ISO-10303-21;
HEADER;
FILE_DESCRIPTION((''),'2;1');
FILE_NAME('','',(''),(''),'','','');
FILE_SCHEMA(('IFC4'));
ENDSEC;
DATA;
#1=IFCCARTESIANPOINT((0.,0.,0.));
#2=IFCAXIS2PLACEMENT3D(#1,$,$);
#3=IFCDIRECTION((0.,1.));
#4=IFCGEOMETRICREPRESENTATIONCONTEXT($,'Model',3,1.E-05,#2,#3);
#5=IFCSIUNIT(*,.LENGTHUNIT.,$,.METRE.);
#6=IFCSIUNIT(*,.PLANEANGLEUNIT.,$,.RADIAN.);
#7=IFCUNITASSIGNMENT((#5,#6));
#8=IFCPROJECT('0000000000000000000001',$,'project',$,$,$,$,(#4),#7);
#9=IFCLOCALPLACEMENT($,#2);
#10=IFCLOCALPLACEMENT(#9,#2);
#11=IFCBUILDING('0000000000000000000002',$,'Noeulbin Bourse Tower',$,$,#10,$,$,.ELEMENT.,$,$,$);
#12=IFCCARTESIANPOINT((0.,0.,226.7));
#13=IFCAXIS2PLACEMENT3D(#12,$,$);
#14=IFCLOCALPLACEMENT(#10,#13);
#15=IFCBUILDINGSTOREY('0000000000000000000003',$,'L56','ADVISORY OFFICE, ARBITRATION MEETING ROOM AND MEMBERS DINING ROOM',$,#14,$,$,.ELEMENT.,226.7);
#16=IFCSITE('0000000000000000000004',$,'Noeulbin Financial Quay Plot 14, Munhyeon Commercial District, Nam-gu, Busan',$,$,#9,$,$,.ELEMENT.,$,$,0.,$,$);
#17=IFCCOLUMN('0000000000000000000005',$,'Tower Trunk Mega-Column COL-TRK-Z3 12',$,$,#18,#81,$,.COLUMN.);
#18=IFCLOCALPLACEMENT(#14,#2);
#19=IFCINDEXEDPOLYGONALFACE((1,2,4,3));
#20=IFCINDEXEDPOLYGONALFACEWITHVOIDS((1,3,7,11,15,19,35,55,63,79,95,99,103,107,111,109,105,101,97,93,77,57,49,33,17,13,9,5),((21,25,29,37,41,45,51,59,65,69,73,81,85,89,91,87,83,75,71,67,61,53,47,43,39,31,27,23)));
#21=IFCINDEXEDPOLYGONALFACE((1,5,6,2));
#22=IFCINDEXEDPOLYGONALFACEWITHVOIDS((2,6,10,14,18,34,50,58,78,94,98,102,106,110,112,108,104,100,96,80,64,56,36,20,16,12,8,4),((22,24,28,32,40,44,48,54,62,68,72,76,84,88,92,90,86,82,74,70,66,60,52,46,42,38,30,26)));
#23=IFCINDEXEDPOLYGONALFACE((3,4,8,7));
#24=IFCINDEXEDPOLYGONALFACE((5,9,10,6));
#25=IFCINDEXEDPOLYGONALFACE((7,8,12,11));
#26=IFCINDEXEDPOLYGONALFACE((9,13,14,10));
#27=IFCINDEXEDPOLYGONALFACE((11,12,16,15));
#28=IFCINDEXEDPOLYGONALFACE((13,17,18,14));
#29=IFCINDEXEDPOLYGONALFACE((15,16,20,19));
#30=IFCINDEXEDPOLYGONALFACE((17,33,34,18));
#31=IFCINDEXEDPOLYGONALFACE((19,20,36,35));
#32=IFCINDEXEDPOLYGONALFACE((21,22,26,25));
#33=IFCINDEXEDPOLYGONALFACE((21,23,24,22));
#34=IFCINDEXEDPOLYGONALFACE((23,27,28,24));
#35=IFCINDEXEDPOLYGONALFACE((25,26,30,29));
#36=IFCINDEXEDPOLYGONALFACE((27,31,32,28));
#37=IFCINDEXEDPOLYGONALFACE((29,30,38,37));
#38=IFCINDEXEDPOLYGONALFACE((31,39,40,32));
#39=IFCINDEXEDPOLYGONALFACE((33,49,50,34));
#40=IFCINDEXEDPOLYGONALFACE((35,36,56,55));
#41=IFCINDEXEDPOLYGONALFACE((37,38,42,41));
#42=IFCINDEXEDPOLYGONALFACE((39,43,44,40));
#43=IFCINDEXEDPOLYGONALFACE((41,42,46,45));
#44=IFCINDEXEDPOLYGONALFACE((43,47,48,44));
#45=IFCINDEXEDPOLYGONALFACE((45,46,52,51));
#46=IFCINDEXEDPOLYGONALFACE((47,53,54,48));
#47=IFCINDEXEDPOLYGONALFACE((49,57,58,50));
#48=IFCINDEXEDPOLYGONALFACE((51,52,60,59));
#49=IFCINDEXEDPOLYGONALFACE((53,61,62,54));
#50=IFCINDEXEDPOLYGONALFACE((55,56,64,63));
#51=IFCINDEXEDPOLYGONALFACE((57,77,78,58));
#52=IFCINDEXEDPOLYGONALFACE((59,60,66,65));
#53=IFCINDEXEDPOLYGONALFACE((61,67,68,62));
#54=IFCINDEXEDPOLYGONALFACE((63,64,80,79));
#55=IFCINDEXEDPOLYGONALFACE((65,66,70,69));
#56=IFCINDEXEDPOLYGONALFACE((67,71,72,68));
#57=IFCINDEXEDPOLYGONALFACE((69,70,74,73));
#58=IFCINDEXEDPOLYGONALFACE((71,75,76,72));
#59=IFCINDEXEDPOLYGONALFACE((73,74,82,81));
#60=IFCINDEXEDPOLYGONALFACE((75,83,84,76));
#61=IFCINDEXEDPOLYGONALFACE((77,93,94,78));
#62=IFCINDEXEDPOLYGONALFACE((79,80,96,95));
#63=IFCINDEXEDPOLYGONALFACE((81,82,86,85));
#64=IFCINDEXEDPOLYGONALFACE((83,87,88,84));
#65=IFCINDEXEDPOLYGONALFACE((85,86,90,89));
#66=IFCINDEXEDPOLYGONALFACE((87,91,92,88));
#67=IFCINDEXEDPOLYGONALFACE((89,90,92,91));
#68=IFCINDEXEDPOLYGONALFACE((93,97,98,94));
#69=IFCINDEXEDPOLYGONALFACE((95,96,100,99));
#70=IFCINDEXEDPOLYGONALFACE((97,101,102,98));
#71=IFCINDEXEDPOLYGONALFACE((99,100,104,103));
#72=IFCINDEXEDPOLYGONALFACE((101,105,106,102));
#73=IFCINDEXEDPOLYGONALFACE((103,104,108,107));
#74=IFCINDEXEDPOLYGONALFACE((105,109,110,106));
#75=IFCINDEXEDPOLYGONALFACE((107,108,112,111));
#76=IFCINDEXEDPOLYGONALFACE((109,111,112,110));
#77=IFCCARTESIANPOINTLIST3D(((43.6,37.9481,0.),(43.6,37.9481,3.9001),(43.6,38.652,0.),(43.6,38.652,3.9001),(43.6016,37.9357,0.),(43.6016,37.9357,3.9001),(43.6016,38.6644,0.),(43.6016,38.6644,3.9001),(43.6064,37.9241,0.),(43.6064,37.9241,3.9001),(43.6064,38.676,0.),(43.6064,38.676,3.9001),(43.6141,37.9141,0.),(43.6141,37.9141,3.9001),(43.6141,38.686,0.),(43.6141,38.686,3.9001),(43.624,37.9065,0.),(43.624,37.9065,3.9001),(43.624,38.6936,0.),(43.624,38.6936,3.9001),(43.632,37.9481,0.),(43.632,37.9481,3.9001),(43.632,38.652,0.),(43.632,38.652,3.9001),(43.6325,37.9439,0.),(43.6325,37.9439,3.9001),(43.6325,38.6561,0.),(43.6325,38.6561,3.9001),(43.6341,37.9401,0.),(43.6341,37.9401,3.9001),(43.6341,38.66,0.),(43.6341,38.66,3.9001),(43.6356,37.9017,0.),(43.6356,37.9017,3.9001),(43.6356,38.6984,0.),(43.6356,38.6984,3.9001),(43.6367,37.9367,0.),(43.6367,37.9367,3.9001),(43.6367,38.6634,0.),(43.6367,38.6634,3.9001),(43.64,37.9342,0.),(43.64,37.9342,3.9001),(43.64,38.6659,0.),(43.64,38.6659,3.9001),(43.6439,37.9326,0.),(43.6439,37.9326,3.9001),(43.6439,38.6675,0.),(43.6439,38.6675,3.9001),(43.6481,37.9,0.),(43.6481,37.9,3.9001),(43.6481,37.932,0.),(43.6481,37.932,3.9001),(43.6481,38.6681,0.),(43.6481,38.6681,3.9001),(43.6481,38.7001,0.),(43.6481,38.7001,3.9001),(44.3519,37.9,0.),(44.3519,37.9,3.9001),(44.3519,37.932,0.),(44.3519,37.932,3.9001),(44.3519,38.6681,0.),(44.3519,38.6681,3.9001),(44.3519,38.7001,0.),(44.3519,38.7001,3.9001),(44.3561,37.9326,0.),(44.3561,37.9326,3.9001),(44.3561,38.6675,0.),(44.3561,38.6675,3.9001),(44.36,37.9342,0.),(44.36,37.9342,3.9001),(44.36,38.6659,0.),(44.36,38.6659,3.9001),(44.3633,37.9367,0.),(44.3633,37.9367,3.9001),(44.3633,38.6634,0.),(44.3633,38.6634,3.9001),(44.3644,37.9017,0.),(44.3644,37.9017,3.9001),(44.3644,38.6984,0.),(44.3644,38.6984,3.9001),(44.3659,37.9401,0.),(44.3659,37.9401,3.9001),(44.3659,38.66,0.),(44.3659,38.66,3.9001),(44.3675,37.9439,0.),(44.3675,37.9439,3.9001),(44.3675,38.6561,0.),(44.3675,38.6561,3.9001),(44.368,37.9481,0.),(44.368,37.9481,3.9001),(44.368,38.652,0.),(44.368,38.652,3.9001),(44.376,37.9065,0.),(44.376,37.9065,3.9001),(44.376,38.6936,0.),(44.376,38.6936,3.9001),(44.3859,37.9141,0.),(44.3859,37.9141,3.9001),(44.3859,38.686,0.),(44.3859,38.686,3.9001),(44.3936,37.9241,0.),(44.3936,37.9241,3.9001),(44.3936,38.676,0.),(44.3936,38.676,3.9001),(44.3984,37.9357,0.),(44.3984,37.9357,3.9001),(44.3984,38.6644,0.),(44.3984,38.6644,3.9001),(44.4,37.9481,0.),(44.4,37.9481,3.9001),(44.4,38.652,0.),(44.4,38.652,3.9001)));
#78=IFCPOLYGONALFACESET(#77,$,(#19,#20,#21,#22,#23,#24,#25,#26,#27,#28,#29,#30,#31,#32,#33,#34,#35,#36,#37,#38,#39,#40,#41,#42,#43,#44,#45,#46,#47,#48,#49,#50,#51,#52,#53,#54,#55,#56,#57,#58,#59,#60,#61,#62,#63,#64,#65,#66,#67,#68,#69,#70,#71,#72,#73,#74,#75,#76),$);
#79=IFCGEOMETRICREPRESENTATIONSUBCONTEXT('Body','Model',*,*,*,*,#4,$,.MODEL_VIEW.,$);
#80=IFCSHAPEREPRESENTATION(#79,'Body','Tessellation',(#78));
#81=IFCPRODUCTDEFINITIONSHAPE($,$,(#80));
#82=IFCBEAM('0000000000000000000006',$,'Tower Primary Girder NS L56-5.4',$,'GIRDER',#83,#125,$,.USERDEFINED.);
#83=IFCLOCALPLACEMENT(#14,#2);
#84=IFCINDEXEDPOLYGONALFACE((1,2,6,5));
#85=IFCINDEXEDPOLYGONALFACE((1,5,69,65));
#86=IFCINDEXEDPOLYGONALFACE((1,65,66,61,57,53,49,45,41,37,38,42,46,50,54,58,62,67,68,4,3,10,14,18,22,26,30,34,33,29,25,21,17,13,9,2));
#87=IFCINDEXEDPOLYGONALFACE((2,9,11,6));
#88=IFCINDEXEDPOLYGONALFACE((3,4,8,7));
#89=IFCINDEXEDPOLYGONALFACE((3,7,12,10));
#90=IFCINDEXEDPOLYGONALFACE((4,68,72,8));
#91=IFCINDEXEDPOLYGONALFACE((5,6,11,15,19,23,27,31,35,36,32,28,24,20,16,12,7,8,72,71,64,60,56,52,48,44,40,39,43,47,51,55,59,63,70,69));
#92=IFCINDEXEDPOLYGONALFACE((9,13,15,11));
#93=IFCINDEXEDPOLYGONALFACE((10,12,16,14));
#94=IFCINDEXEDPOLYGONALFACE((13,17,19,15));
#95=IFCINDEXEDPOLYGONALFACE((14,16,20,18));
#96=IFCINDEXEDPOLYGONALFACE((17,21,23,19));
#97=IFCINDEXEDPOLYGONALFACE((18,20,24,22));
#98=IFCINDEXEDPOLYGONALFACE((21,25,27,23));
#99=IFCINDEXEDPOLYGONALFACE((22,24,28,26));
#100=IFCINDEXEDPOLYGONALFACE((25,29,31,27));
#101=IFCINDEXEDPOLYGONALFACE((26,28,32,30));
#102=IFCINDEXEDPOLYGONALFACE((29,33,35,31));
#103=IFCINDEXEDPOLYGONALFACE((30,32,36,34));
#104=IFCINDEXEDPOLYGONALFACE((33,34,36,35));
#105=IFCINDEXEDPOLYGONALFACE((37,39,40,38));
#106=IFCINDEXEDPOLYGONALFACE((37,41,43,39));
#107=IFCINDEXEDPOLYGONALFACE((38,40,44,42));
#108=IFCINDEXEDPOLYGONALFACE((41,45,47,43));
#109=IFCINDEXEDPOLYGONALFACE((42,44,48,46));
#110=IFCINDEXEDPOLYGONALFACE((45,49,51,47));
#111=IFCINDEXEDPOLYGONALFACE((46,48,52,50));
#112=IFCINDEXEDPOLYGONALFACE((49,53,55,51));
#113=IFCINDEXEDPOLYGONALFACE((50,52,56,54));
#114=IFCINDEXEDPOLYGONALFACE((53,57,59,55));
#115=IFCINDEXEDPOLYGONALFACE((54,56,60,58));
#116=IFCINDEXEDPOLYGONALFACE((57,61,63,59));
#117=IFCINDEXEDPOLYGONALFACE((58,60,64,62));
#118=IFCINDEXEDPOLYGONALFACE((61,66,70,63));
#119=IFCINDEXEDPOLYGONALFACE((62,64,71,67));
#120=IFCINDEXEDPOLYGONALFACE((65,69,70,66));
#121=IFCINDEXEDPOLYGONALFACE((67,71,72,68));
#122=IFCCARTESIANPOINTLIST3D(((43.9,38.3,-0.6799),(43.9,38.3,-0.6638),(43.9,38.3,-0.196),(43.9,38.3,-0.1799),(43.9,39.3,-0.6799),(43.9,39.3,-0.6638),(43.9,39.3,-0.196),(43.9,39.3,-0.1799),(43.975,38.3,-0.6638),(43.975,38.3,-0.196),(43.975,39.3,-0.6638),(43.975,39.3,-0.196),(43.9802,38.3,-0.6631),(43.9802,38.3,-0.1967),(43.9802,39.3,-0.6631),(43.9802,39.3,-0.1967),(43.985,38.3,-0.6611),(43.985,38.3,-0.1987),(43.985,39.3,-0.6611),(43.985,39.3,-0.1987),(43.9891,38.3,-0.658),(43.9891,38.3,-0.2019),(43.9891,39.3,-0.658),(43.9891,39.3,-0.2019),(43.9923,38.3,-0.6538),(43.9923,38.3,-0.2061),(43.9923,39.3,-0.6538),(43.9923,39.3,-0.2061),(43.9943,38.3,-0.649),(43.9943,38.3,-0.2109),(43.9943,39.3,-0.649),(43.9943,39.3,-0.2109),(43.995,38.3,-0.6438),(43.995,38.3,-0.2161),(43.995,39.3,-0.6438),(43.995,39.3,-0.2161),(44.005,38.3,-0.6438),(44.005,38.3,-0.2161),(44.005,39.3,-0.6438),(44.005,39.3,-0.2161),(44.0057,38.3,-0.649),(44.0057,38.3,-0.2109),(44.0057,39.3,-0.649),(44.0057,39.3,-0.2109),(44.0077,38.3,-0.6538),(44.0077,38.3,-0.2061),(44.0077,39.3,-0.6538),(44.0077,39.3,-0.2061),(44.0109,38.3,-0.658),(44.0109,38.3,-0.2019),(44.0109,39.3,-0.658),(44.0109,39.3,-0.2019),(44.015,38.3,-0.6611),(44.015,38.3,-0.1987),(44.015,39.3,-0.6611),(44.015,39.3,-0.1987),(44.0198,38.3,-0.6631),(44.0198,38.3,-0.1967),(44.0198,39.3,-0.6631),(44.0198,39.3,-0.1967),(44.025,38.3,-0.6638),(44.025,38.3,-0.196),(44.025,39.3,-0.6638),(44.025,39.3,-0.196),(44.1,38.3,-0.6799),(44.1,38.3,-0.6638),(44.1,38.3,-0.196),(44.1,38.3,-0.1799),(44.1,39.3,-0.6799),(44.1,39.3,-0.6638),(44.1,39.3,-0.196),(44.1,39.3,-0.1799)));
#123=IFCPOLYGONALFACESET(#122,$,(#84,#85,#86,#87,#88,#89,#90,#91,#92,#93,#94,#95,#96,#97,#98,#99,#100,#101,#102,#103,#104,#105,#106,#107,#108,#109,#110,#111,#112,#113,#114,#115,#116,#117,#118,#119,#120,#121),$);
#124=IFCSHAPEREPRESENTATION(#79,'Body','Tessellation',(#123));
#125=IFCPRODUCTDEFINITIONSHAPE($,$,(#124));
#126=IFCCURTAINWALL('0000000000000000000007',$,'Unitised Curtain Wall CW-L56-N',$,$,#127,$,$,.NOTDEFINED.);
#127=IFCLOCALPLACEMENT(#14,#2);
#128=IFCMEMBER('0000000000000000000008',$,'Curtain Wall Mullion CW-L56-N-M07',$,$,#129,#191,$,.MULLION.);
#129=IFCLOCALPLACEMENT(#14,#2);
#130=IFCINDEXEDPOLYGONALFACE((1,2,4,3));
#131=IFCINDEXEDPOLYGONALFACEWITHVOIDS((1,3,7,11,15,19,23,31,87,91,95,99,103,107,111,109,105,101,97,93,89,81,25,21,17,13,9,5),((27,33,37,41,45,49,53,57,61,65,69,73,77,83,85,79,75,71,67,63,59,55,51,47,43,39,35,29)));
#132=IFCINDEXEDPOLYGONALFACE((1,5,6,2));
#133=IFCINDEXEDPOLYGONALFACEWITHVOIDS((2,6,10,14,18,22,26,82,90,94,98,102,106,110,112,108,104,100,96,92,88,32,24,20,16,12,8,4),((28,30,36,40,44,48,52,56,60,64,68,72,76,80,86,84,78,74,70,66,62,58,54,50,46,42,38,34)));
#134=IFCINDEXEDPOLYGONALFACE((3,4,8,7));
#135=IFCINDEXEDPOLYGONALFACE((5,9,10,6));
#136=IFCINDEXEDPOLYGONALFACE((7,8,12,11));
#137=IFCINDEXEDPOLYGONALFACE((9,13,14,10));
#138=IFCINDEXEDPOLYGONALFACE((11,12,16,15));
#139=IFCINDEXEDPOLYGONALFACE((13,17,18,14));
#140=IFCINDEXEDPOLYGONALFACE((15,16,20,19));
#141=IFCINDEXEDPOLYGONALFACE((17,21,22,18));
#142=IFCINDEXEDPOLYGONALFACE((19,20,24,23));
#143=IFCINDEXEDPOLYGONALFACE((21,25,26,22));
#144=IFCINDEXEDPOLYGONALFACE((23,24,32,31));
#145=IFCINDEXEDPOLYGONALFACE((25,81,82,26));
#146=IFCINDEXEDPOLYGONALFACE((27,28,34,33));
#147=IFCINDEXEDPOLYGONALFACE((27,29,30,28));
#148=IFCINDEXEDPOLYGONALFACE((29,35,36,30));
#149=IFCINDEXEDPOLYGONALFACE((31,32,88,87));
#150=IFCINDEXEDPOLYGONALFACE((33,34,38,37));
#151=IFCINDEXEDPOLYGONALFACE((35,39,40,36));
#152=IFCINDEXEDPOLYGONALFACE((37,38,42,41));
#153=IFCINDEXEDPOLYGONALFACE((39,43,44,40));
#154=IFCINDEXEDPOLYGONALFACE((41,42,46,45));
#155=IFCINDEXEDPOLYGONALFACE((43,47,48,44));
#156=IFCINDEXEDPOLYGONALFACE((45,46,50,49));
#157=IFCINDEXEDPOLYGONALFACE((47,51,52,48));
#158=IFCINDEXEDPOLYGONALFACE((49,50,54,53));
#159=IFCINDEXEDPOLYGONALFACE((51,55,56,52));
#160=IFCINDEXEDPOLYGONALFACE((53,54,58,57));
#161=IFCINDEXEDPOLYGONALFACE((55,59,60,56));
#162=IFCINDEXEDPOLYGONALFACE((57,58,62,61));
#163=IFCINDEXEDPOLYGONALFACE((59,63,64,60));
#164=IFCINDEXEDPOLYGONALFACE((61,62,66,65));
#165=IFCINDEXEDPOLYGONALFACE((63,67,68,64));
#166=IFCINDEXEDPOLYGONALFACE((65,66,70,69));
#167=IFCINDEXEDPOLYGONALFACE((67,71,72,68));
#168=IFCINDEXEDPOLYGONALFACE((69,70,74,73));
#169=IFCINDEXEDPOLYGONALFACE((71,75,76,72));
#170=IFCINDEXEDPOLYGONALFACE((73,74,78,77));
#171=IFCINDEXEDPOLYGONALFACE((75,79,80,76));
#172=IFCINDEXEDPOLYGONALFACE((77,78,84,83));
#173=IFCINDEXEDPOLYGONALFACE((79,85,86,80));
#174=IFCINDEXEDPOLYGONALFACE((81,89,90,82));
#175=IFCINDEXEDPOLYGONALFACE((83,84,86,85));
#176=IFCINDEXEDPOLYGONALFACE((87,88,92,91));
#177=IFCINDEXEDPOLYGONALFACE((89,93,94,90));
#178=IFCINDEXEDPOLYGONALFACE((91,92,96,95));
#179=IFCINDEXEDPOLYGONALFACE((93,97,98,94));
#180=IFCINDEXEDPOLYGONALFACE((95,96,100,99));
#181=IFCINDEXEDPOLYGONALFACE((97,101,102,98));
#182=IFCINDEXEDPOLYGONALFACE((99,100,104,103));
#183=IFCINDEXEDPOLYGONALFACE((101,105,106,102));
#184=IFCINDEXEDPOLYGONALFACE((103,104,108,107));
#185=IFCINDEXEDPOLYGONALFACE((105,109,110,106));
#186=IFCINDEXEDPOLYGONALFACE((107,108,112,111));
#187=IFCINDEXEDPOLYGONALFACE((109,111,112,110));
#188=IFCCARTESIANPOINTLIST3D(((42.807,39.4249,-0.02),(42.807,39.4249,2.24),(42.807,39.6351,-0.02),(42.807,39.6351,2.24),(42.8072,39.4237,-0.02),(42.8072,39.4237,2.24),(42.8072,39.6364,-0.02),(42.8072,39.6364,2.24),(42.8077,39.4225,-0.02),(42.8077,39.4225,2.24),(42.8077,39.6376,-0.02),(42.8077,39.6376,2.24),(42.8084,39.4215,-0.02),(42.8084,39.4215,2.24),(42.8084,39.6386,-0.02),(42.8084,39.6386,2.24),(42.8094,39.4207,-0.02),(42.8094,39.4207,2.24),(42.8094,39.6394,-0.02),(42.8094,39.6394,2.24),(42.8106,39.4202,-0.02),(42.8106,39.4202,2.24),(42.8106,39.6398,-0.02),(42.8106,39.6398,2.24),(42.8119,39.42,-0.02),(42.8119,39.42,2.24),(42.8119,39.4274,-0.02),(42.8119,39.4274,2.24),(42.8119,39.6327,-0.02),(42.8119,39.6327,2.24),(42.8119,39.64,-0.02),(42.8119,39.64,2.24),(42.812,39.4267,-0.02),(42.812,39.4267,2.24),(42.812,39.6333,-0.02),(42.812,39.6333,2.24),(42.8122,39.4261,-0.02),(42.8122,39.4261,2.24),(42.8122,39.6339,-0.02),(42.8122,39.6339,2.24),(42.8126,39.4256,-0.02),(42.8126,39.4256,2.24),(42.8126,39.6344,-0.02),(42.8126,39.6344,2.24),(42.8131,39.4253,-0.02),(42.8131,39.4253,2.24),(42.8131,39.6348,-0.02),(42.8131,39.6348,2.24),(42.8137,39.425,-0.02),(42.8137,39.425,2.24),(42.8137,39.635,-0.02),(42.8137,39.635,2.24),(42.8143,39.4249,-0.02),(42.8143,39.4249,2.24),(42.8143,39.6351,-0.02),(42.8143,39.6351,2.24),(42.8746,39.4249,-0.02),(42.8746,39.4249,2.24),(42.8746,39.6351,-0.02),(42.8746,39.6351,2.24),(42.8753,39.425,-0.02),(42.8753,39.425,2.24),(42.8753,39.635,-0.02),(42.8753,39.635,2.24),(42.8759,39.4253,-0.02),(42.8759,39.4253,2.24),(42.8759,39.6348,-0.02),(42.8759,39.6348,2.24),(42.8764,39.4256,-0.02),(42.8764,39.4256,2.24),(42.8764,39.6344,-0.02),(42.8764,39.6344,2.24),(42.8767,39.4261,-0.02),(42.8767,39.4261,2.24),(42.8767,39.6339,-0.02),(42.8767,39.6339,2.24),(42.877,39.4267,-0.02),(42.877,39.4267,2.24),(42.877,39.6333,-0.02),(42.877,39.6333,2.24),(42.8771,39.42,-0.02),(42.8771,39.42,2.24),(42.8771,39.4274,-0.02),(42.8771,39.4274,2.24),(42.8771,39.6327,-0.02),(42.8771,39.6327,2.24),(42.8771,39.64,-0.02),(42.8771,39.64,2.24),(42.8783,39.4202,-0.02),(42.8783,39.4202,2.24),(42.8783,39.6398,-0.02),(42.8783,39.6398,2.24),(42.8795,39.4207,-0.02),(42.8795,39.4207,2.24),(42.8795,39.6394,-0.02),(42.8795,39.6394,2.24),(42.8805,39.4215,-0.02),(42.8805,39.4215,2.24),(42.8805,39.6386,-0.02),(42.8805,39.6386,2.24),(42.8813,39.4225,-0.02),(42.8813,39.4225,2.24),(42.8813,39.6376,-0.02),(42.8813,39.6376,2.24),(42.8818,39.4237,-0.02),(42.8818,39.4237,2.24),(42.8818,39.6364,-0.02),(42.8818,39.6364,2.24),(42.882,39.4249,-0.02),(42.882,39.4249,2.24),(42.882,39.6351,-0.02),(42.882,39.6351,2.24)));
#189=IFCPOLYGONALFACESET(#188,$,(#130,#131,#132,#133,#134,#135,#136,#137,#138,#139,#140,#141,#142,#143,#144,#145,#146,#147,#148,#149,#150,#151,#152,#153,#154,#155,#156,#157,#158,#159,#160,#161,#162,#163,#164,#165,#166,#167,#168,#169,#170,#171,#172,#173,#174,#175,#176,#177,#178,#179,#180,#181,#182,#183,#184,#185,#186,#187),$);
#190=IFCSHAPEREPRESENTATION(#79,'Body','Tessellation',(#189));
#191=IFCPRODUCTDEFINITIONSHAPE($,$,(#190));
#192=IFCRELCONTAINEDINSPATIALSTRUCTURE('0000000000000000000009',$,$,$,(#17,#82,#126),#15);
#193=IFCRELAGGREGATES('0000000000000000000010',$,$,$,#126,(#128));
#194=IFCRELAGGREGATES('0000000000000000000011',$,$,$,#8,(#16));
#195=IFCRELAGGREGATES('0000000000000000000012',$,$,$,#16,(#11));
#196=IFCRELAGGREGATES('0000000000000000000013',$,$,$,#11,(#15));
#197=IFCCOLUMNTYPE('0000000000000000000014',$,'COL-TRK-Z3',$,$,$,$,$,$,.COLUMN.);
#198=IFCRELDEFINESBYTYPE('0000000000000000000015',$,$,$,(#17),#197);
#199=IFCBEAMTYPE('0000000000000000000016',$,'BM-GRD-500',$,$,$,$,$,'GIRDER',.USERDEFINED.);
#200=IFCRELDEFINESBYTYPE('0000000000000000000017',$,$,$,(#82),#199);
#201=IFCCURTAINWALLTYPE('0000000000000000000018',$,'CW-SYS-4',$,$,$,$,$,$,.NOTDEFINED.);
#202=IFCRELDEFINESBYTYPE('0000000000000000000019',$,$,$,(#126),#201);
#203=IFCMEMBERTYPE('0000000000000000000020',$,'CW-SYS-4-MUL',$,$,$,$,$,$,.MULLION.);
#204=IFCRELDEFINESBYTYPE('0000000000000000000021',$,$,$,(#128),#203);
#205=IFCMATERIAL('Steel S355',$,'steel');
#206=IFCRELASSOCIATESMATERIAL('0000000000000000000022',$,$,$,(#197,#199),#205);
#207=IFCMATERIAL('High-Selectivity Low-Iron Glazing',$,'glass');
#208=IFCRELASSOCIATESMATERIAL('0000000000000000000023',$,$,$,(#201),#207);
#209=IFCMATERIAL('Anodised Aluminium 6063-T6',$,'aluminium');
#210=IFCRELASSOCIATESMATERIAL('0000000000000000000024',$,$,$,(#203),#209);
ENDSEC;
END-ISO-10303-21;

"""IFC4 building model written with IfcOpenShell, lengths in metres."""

from ifc_helpers import new_model, si_unit, direction, frame, origin, origin_2d, place, context, subcontext, project, spatial, hollow_rectangle, i_section, extrude, material, material_profile, profile_set, type_object, element, aggregate, save


model = new_model("IFC4")

# Units and contexts
model_context = context("Model", 3, precision=1e-05, world=origin(), true_north=direction((0.0, 1.0)))
body_context = subcontext(model_context, "Body", "Model", "MODEL_VIEW")
ifc_project = project(units=[si_unit("LENGTHUNIT", "METRE"), si_unit("PLANEANGLEUNIT", "RADIAN")], contexts=[model_context])

# Site, building, storey
site_placement = place(None, origin())
site = spatial("IfcSite", under=ifc_project, at=site_placement, Name="Noeulbin Financial Quay Plot 14, Munhyeon Commercial District, Nam-gu, Busan", CompositionType="ELEMENT", RefElevation=0.0)
building_placement = place(site_placement, origin())
building = spatial("IfcBuilding", under=site, at=building_placement, Name="Noeulbin Bourse Tower", CompositionType="ELEMENT")
storey_placement = place(building_placement, frame((0.0, 0.0, 226.7)))
storey = spatial("IfcBuildingStorey", under=building, at=storey_placement, Name="L56", Description="ADVISORY OFFICE, ARBITRATION MEETING ROOM AND MEMBERS DINING ROOM", CompositionType="ELEMENT", Elevation=226.7)

# Column
ifc_material_1 = material(Name="Steel S355", Category="steel")
ifc_material_profile_1 = material_profile(ifc_material_1, hollow_rectangle(XDim=0.8, YDim=0.8, WallThickness=0.032, InnerFilletRadius=0.0161, OuterFilletRadius=0.0481, at=origin_2d()), Name="BOX-800x800x32", Category="LoadBearing")
ifc_profile_set_1 = profile_set([ifc_material_profile_1], Name="Steel S355")
column_type = type_object("IfcColumnType", Name="COL-TRK-Z3", PredefinedType="COLUMN", material=ifc_profile_set_1)
column_placement = place(storey_placement, frame((44.0, 38.3, 0.0), z_axis=(0.0, 0.0, 1.0), x_axis=(1.0, 0.0, 0.0)))
element("IfcColumn", 1, at=column_placement, inside=storey, type_object=column_type, Name="Tower Trunk Mega-Column COL-TRK-Z3 12", PredefinedType="COLUMN", context=body_context, shape_type="SweptSolid", body=[
    extrude(hollow_rectangle(XDim=0.8, YDim=0.8, WallThickness=0.032, InnerFilletRadius=0.0161, OuterFilletRadius=0.0481, at=origin_2d()), origin(), (0.0, 0.0, 1.0), 3.9001),
])

# Beam
ifc_material_profile_2 = material_profile(ifc_material_1, i_section(OverallWidth=0.2, OverallDepth=0.5, WebThickness=0.01, FlangeThickness=0.0161, FilletRadius=0.02, at=origin_2d()), Name="H-500x200x10x16", Category="LoadBearing")
ifc_profile_set_2 = profile_set([ifc_material_profile_2], Name="Steel S355")
beam_type = type_object("IfcBeamType", Name="BM-GRD-500", ElementType="GIRDER", PredefinedType="USERDEFINED", material=ifc_profile_set_2)
beam_placement = place(storey_placement, frame((44.0, 38.3, -0.4299), z_axis=(0.0, 1.0, 0.0), x_axis=(-1.0, 0.0, 0.0)))
element("IfcBeam", 2, at=beam_placement, inside=storey, type_object=beam_type, Name="Tower Primary Girder NS L56-5.4", ObjectType="GIRDER", PredefinedType="USERDEFINED", context=body_context, shape_type="SweptSolid", body=[
    extrude(i_section(OverallWidth=0.2, OverallDepth=0.5, WebThickness=0.01, FlangeThickness=0.0161, FilletRadius=0.02, at=origin_2d()), origin(), (0.0, 0.0, 1.0), 1.0),
])

# Curtain wall, member
ifc_material_2 = material(Name="High-Selectivity Low-Iron Glazing", Category="glass")
curtain_wall_type = type_object("IfcCurtainWallType", Name="CW-SYS-4", PredefinedType="NOTDEFINED", material=ifc_material_2)
curtain_wall_1_placement = place(storey_placement, origin())
curtain_wall_1 = element("IfcCurtainWall", 3, at=curtain_wall_1_placement, inside=storey, type_object=curtain_wall_type, Name="Unitised Curtain Wall CW-L56-N", PredefinedType="NOTDEFINED")
ifc_material_3 = material(Name="Anodised Aluminium 6063-T6", Category="aluminium")
ifc_material_profile_3 = material_profile(ifc_material_3, hollow_rectangle(XDim=0.075, YDim=0.22, WallThickness=0.0049, InnerFilletRadius=0.0024, OuterFilletRadius=0.0049, at=origin_2d()), Name="ALU-MULL-75x220x5", Category="LoadBearing")
ifc_profile_set_3 = profile_set([ifc_material_profile_3], Name="Anodised Aluminium 6063-T6")
member_type_1 = type_object("IfcMemberType", Name="CW-SYS-4-MUL", PredefinedType="MULLION", material=ifc_profile_set_3)
member_1_placement = place(storey_placement, frame((42.8445, 39.53, -0.02), z_axis=(0.0, 0.0, 1.0), x_axis=(1.0, 0.0, 0.0)))
member_1 = element("IfcMember", 4, at=member_1_placement, type_object=member_type_1, Name="Curtain Wall Mullion CW-L56-N-M07", PredefinedType="MULLION", context=body_context, shape_type="SweptSolid", body=[
    extrude(hollow_rectangle(XDim=0.075, YDim=0.22, WallThickness=0.0049, InnerFilletRadius=0.0024, OuterFilletRadius=0.0049, at=origin_2d()), origin(), (0.0, 0.0, 1.0), 2.26),
])

aggregate(curtain_wall_1, [member_1])

save(model, "model.ifc")
